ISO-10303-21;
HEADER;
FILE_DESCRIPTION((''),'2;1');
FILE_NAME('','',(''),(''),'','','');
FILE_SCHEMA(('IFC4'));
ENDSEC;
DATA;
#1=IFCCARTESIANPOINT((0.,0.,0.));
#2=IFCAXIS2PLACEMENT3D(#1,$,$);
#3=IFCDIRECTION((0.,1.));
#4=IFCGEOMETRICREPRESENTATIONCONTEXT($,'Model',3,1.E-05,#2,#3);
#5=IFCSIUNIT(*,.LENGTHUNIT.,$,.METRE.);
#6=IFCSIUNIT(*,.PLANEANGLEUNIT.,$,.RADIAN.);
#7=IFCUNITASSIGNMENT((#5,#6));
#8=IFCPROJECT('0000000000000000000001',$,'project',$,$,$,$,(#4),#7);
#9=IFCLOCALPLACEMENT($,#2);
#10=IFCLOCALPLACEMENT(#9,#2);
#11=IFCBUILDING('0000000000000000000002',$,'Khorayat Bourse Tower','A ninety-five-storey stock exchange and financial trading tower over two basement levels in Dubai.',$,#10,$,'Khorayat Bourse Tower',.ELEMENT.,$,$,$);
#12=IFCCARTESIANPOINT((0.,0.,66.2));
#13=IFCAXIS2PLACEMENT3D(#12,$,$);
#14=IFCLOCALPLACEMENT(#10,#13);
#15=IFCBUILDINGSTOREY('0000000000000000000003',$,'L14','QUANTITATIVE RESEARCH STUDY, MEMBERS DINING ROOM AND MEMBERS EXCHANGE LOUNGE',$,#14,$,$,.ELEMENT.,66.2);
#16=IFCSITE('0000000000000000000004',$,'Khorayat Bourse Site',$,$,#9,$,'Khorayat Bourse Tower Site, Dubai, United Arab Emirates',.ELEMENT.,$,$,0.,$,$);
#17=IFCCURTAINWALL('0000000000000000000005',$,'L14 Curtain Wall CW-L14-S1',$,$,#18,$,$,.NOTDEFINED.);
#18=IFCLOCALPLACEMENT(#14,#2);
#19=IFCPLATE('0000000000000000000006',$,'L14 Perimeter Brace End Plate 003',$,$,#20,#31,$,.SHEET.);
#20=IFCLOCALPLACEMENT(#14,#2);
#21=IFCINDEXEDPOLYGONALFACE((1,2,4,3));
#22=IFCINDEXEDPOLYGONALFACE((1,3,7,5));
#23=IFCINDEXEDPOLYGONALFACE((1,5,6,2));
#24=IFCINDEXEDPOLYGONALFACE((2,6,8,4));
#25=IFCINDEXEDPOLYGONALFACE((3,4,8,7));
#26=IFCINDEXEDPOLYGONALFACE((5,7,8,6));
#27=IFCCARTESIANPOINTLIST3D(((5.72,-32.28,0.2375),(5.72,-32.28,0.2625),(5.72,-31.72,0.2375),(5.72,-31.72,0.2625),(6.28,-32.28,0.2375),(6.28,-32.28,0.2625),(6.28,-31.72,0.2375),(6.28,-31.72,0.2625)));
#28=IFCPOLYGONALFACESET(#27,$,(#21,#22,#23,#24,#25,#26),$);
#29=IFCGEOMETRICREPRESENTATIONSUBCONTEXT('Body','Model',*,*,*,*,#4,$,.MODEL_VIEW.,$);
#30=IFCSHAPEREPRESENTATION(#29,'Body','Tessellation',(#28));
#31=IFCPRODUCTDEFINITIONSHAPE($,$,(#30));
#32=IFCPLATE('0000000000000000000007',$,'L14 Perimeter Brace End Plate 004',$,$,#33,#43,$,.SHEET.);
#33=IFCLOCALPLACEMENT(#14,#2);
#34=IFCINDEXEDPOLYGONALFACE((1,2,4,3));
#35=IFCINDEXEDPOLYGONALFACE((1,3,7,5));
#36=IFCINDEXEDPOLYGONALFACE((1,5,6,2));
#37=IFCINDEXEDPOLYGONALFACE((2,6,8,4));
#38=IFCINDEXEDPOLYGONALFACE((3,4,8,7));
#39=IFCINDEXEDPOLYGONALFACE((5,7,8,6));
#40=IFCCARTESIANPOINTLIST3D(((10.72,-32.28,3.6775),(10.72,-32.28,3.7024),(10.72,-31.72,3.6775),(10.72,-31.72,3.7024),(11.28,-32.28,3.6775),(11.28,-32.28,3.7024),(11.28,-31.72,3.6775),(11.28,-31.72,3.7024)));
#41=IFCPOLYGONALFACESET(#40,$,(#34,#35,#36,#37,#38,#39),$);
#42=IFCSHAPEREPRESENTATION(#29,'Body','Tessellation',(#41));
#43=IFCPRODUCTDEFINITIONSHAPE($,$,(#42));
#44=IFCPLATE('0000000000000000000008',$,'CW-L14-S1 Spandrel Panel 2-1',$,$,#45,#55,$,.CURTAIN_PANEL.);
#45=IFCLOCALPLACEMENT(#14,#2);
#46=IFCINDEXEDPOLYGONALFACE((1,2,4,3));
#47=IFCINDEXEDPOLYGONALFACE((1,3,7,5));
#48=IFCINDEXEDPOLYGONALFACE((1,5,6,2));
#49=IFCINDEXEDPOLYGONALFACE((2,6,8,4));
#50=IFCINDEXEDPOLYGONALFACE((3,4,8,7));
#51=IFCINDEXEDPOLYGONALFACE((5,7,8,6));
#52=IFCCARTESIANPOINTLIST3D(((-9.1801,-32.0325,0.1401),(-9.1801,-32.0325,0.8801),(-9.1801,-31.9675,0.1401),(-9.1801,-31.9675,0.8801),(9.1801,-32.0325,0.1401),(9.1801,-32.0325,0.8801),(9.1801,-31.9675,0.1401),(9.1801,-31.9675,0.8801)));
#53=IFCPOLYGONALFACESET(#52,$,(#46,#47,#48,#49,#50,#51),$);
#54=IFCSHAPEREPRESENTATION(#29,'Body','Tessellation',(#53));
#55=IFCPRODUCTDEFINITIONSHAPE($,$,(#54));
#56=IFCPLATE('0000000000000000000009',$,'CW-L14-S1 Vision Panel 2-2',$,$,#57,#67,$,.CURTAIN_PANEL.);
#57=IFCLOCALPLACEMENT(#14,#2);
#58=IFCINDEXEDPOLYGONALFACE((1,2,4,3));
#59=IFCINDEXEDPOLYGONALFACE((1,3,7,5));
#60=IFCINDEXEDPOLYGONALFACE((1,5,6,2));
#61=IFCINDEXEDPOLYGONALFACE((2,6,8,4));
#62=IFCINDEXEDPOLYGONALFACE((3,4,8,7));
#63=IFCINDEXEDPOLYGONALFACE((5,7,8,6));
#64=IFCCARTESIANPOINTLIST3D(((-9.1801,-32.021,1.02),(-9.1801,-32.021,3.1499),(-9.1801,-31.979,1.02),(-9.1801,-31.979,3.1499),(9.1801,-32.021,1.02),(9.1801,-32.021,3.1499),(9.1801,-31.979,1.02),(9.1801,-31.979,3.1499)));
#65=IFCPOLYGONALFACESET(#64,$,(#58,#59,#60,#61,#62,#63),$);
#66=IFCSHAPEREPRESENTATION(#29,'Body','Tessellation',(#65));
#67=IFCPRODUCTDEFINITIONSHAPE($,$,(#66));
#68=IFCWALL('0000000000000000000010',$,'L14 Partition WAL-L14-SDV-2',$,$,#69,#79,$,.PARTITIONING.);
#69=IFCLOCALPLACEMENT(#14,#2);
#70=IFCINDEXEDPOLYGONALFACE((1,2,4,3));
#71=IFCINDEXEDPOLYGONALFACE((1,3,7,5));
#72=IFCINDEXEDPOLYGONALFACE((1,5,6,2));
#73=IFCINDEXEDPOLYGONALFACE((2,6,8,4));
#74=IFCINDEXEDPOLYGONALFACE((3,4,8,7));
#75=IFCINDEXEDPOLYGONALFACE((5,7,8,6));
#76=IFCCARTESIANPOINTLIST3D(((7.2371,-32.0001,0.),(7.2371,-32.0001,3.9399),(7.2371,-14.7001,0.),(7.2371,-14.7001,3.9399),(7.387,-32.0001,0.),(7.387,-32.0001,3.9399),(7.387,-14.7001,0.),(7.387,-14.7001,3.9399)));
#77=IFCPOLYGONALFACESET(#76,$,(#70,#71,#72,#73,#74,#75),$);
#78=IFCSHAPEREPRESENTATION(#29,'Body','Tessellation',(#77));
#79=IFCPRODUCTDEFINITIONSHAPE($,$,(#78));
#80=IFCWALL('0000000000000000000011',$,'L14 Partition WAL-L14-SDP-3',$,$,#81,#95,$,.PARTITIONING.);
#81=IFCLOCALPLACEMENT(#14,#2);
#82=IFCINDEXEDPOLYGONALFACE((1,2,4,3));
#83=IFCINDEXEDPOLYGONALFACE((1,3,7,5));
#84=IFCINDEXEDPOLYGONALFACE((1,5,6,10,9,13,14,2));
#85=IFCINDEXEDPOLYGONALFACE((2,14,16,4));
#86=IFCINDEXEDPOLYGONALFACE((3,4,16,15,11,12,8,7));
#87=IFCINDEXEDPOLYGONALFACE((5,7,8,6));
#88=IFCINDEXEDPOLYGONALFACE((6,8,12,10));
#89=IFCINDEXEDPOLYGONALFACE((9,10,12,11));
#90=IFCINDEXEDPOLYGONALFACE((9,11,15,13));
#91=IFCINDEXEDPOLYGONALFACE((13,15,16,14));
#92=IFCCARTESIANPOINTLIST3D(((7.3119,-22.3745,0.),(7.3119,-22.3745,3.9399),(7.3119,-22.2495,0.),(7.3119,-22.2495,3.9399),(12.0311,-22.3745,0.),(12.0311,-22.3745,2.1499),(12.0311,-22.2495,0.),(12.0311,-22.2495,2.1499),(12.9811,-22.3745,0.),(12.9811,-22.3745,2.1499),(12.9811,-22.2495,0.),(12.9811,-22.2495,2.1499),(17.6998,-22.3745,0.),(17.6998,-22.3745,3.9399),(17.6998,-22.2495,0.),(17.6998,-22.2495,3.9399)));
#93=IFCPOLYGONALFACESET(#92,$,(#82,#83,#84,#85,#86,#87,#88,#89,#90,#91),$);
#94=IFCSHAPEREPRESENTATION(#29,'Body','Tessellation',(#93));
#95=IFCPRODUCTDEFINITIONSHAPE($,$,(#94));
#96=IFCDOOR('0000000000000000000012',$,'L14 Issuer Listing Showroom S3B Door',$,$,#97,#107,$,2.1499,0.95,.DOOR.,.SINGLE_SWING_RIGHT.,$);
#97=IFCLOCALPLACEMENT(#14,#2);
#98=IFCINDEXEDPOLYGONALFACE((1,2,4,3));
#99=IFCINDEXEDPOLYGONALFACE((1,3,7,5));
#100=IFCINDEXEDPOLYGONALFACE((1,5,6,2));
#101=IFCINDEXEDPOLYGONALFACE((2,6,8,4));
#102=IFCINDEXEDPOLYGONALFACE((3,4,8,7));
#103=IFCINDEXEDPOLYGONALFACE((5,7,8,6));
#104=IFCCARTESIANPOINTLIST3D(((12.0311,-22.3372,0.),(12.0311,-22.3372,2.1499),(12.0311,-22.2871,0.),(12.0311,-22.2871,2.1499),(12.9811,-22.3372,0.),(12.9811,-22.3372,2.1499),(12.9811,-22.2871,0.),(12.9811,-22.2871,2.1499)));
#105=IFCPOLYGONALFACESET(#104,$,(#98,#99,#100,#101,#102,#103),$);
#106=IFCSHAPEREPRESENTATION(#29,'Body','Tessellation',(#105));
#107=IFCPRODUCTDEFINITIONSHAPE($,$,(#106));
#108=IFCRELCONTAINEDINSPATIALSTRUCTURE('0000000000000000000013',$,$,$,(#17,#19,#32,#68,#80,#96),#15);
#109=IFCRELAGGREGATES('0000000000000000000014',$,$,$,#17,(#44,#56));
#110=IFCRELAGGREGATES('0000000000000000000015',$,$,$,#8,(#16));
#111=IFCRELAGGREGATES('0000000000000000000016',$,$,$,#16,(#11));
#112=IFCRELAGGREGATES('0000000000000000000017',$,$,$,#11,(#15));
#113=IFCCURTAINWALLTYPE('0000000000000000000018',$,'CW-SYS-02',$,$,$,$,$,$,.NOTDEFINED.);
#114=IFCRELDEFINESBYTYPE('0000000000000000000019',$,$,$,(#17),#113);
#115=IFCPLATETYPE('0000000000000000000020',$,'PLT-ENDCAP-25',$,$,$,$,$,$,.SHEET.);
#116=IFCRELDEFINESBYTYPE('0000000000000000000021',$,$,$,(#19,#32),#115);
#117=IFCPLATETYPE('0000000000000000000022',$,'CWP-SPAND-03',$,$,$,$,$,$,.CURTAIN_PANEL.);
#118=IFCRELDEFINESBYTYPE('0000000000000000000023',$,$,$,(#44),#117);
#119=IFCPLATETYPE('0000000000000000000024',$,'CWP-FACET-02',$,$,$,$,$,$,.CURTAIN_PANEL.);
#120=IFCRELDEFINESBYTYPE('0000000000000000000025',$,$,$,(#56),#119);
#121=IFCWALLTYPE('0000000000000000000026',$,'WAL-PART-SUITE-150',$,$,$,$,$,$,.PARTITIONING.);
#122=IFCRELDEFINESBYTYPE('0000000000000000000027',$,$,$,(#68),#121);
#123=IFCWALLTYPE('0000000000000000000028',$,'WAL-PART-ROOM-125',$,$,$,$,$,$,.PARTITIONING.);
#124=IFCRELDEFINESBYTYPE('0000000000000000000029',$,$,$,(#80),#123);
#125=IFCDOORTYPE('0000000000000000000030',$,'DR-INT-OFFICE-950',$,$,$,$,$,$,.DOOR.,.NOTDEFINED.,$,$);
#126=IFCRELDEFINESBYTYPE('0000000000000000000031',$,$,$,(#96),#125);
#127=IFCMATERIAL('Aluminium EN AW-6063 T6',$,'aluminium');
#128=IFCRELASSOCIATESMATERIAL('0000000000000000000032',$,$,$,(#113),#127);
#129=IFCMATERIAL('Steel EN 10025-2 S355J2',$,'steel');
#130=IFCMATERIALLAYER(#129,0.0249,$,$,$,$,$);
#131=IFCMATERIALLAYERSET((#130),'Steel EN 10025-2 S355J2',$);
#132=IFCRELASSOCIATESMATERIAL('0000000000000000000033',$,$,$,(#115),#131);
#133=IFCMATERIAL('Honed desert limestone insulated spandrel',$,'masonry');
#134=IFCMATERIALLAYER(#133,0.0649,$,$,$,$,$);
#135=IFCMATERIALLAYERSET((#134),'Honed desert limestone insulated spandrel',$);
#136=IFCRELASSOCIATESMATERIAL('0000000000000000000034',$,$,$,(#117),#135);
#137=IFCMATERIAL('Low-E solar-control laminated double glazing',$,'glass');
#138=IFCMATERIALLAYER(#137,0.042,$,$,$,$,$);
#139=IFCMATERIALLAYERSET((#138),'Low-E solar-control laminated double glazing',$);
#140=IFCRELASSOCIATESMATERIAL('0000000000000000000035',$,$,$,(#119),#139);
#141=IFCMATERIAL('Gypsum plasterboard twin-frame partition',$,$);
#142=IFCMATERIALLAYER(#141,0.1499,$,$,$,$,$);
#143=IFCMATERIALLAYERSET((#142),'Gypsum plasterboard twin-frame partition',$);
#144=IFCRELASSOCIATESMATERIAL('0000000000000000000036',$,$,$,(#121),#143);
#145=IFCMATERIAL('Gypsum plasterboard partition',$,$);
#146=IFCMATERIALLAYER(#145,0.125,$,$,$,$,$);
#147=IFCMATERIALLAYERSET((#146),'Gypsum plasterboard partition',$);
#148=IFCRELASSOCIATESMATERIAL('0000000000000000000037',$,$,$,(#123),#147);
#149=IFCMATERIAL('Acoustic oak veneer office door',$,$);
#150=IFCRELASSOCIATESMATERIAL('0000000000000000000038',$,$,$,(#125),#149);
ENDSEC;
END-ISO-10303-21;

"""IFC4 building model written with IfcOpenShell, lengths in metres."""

from ifc_helpers import new_model, si_unit, direction, frame, frame_2d, origin, origin_2d, place, context, subcontext, project, spatial, rectangle, extrude, source, transform, mapped, material, layer, layer_set, type_object, element, fill, aggregate, save


model = new_model("IFC4")

# Units and contexts
model_context = context("Model", 3, precision=1e-05, world=origin(), true_north=direction((0.0, 1.0)))
body_context = subcontext(model_context, "Body", "Model", "MODEL_VIEW")
ifc_project = project(units=[si_unit("LENGTHUNIT", "METRE"), si_unit("PLANEANGLEUNIT", "RADIAN")], contexts=[model_context])

# Site, building, storey
site_placement = place(None, origin())
site = spatial("IfcSite", under=ifc_project, at=site_placement, Name="Khorayat Bourse Site", LongName="Khorayat Bourse Tower Site, Dubai, United Arab Emirates", CompositionType="ELEMENT", RefElevation=0.0)
building_placement = place(site_placement, origin())
building = spatial("IfcBuilding", under=site, at=building_placement, Name="Khorayat Bourse Tower", Description="A ninety-five-storey stock exchange and financial trading tower over two basement levels in Dubai.", LongName="Khorayat Bourse Tower", CompositionType="ELEMENT")
storey_placement = place(building_placement, frame((0.0, 0.0, 66.2)))
storey = spatial("IfcBuildingStorey", under=building, at=storey_placement, Name="L14", Description="QUANTITATIVE RESEARCH STUDY, MEMBERS DINING ROOM AND MEMBERS EXCHANGE LOUNGE", CompositionType="ELEMENT", Elevation=66.2)

# Curtain wall
ifc_material_1 = material(Name="Aluminium EN AW-6063 T6", Category="aluminium")
curtain_wall_type = type_object("IfcCurtainWallType", Name="CW-SYS-02", PredefinedType="NOTDEFINED", material=ifc_material_1)
curtain_wall_placement = place(storey_placement, origin())
curtain_wall = element("IfcCurtainWall", 1, at=curtain_wall_placement, inside=storey, type_object=curtain_wall_type, Name="L14 Curtain Wall CW-L14-S1", PredefinedType="NOTDEFINED")

# Plates
ifc_material_2 = material(Name="Steel EN 10025-2 S355J2", Category="steel")
ifc_layer_1 = layer(ifc_material_2, 0.0249)
ifc_layer_set_1 = layer_set([ifc_layer_1], Name="Steel EN 10025-2 S355J2")
plate_type_1 = type_object("IfcPlateType", Name="PLT-ENDCAP-25", PredefinedType="SHEET", material=ifc_layer_set_1)
shared_shape_1 = source(origin(), body_context, "Body", "SweptSolid", [
    extrude(rectangle(XDim=0.5601, YDim=0.5601, at=origin_2d()), origin(), (0.0, 0.0, 1.0), 0.0249),
])
for number, where, z_axis, x_axis, name in (
    (2, (6.0, -32.0, 0.2375), (0.0, 0.0, 1.0), (1.0, 0.0, 0.0), "L14 Perimeter Brace End Plate 003"),
    (3, (11.0, -32.0, 3.6775), (0.0, 0.0, 1.0), (1.0, 0.0, 0.0), "L14 Perimeter Brace End Plate 004"),
):
    element("IfcPlate", number, at=place(storey_placement, frame(where, z_axis=z_axis, x_axis=x_axis)), inside=storey, type_object=plate_type_1, Name=name, PredefinedType="SHEET", context=body_context, shape_type="MappedRepresentation", body=[
        mapped(shared_shape_1, transform((0.0, 0.0, 0.0), scale=1.0)),
    ])

# Plates
ifc_material_3 = material(Name="Honed desert limestone insulated spandrel", Category="masonry")
ifc_layer_2 = layer(ifc_material_3, 0.0649)
ifc_layer_set_2 = layer_set([ifc_layer_2], Name="Honed desert limestone insulated spandrel")
plate_type_2 = type_object("IfcPlateType", Name="CWP-SPAND-03", PredefinedType="CURTAIN_PANEL", material=ifc_layer_set_2)
shared_shape_2 = source(origin(), body_context, "Body", "SweptSolid", [
    extrude(rectangle(XDim=18.3601, YDim=0.0649, at=origin_2d()), origin(), (0.0, 0.0, 1.0), 0.74),
])
plate_1_placement = place(storey_placement, frame((0.0, -32.0, 0.1401), z_axis=(0.0, 0.0, 1.0), x_axis=(1.0, 0.0, 0.0)))
plate_1 = element("IfcPlate", 4, at=plate_1_placement, type_object=plate_type_2, Name="CW-L14-S1 Spandrel Panel 2-1", PredefinedType="CURTAIN_PANEL", context=body_context, shape_type="MappedRepresentation", body=[
    mapped(shared_shape_2, transform((0.0, 0.0, 0.0), scale=1.0)),
])
ifc_material_4 = material(Name="Low-E solar-control laminated double glazing", Category="glass")
ifc_layer_3 = layer(ifc_material_4, 0.042)
ifc_layer_set_3 = layer_set([ifc_layer_3], Name="Low-E solar-control laminated double glazing")
plate_type_3 = type_object("IfcPlateType", Name="CWP-FACET-02", PredefinedType="CURTAIN_PANEL", material=ifc_layer_set_3)
shared_shape_3 = source(origin(), body_context, "Body", "SweptSolid", [
    extrude(rectangle(XDim=18.3601, YDim=0.042, at=origin_2d()), origin(), (0.0, 0.0, 1.0), 2.1299),
])
plate_2_placement = place(storey_placement, frame((0.0, -32.0, 1.02), z_axis=(0.0, 0.0, 1.0), x_axis=(1.0, 0.0, 0.0)))
plate_2 = element("IfcPlate", 5, at=plate_2_placement, type_object=plate_type_3, Name="CW-L14-S1 Vision Panel 2-2", PredefinedType="CURTAIN_PANEL", context=body_context, shape_type="MappedRepresentation", body=[
    mapped(shared_shape_3, transform((0.0, 0.0, 0.0), scale=1.0)),
])
aggregate(curtain_wall, [plate_1, plate_2])

# Wall
ifc_material_5 = material(Name="Gypsum plasterboard twin-frame partition")
ifc_layer_4 = layer(ifc_material_5, 0.1499)
ifc_layer_set_4 = layer_set([ifc_layer_4], Name="Gypsum plasterboard twin-frame partition")
wall_type_1 = type_object("IfcWallType", Name="WAL-PART-SUITE-150", PredefinedType="PARTITIONING", material=ifc_layer_set_4)
shared_shape_4 = source(origin(), body_context, "Body", "SweptSolid", [
    extrude(rectangle(XDim=17.3, YDim=0.1499, at=frame_2d((8.6499, 0.0))), origin(), (0.0, 0.0, 1.0), 3.9399),
])
wall_1_placement = place(storey_placement, frame((7.312, -32.0, 0.0), z_axis=(0.0, 0.0, 1.0), x_axis=(0.0, 1.0, 0.0)))
element("IfcWall", 6, at=wall_1_placement, inside=storey, type_object=wall_type_1, Name="L14 Partition WAL-L14-SDV-2", PredefinedType="PARTITIONING", context=body_context, shape_type="MappedRepresentation", body=[
    mapped(shared_shape_4, transform((0.0, 0.0, 0.0), scale=1.0)),
])

# Wall, opening, door
ifc_material_6 = material(Name="Gypsum plasterboard partition")
ifc_layer_5 = layer(ifc_material_6, 0.125)
ifc_layer_set_5 = layer_set([ifc_layer_5], Name="Gypsum plasterboard partition")
wall_type_2 = type_object("IfcWallType", Name="WAL-PART-ROOM-125", PredefinedType="PARTITIONING", material=ifc_layer_set_5)
shared_shape_5 = source(origin(), body_context, "Body", "SweptSolid", [
    extrude(rectangle(XDim=10.3879, YDim=0.125, at=frame_2d((5.1938, 0.0))), origin(), (0.0, 0.0, 1.0), 3.9399),
])
wall_2_placement = place(storey_placement, frame((7.312, -22.312, 0.0), z_axis=(0.0, 0.0, 1.0), x_axis=(1.0, 0.0, 0.0)))
wall_2 = element("IfcWall", 7, at=wall_2_placement, inside=storey, type_object=wall_type_2, Name="L14 Partition WAL-L14-SDP-3", PredefinedType="PARTITIONING", context=body_context, shape_type="MappedRepresentation", body=[
    mapped(shared_shape_5, transform((0.0, 0.0, 0.0), scale=1.0)),
])
shared_shape_6 = source(origin(), body_context, "Body", "SweptSolid", [
    extrude(rectangle(XDim=0.95, YDim=2.1499, at=frame_2d((0.4751, 1.075))), frame((0.0, 0.0725, 0.0), z_axis=(0.0, -1.0, 0.0), x_axis=(1.0, 0.0, 0.0)), (0.0, 0.0, 1.0), 0.145),
])
opening_placement = place(wall_2_placement, frame((4.719, 0.0, 0.0)))
opening = element("IfcOpeningElement", 8, at=opening_placement, cuts=wall_2, PredefinedType="OPENING", context=body_context, shape_type="MappedRepresentation", body=[
    mapped(shared_shape_6, transform((0.0, 0.0, 0.0), scale=1.0)),
])
ifc_material_7 = material(Name="Acoustic oak veneer office door")
door_type = type_object("IfcDoorType", Name="DR-INT-OFFICE-950", OperationType="NOTDEFINED", PredefinedType="DOOR", material=ifc_material_7)
shared_shape_7 = source(origin(), body_context, "Body", "SweptSolid", [
    extrude(rectangle(XDim=0.95, YDim=2.1499, at=frame_2d((0.4751, 1.075))), frame((0.0, 0.0249, 0.0), z_axis=(0.0, -1.0, 0.0), x_axis=(1.0, 0.0, 0.0)), (0.0, 0.0, 1.0), 0.05),
])
door_placement = place(opening_placement, origin())
door = element("IfcDoor", 9, at=door_placement, inside=storey, type_object=door_type, Name="L14 Issuer Listing Showroom S3B Door", OperationType="SINGLE_SWING_RIGHT", OverallHeight=2.1499, OverallWidth=0.95, PredefinedType="DOOR", context=body_context, shape_type="MappedRepresentation", body=[
    mapped(shared_shape_7, transform((0.0, 0.0, 0.0), scale=1.0)),
])
fill(opening, door)

save(model, "model.ifc")
